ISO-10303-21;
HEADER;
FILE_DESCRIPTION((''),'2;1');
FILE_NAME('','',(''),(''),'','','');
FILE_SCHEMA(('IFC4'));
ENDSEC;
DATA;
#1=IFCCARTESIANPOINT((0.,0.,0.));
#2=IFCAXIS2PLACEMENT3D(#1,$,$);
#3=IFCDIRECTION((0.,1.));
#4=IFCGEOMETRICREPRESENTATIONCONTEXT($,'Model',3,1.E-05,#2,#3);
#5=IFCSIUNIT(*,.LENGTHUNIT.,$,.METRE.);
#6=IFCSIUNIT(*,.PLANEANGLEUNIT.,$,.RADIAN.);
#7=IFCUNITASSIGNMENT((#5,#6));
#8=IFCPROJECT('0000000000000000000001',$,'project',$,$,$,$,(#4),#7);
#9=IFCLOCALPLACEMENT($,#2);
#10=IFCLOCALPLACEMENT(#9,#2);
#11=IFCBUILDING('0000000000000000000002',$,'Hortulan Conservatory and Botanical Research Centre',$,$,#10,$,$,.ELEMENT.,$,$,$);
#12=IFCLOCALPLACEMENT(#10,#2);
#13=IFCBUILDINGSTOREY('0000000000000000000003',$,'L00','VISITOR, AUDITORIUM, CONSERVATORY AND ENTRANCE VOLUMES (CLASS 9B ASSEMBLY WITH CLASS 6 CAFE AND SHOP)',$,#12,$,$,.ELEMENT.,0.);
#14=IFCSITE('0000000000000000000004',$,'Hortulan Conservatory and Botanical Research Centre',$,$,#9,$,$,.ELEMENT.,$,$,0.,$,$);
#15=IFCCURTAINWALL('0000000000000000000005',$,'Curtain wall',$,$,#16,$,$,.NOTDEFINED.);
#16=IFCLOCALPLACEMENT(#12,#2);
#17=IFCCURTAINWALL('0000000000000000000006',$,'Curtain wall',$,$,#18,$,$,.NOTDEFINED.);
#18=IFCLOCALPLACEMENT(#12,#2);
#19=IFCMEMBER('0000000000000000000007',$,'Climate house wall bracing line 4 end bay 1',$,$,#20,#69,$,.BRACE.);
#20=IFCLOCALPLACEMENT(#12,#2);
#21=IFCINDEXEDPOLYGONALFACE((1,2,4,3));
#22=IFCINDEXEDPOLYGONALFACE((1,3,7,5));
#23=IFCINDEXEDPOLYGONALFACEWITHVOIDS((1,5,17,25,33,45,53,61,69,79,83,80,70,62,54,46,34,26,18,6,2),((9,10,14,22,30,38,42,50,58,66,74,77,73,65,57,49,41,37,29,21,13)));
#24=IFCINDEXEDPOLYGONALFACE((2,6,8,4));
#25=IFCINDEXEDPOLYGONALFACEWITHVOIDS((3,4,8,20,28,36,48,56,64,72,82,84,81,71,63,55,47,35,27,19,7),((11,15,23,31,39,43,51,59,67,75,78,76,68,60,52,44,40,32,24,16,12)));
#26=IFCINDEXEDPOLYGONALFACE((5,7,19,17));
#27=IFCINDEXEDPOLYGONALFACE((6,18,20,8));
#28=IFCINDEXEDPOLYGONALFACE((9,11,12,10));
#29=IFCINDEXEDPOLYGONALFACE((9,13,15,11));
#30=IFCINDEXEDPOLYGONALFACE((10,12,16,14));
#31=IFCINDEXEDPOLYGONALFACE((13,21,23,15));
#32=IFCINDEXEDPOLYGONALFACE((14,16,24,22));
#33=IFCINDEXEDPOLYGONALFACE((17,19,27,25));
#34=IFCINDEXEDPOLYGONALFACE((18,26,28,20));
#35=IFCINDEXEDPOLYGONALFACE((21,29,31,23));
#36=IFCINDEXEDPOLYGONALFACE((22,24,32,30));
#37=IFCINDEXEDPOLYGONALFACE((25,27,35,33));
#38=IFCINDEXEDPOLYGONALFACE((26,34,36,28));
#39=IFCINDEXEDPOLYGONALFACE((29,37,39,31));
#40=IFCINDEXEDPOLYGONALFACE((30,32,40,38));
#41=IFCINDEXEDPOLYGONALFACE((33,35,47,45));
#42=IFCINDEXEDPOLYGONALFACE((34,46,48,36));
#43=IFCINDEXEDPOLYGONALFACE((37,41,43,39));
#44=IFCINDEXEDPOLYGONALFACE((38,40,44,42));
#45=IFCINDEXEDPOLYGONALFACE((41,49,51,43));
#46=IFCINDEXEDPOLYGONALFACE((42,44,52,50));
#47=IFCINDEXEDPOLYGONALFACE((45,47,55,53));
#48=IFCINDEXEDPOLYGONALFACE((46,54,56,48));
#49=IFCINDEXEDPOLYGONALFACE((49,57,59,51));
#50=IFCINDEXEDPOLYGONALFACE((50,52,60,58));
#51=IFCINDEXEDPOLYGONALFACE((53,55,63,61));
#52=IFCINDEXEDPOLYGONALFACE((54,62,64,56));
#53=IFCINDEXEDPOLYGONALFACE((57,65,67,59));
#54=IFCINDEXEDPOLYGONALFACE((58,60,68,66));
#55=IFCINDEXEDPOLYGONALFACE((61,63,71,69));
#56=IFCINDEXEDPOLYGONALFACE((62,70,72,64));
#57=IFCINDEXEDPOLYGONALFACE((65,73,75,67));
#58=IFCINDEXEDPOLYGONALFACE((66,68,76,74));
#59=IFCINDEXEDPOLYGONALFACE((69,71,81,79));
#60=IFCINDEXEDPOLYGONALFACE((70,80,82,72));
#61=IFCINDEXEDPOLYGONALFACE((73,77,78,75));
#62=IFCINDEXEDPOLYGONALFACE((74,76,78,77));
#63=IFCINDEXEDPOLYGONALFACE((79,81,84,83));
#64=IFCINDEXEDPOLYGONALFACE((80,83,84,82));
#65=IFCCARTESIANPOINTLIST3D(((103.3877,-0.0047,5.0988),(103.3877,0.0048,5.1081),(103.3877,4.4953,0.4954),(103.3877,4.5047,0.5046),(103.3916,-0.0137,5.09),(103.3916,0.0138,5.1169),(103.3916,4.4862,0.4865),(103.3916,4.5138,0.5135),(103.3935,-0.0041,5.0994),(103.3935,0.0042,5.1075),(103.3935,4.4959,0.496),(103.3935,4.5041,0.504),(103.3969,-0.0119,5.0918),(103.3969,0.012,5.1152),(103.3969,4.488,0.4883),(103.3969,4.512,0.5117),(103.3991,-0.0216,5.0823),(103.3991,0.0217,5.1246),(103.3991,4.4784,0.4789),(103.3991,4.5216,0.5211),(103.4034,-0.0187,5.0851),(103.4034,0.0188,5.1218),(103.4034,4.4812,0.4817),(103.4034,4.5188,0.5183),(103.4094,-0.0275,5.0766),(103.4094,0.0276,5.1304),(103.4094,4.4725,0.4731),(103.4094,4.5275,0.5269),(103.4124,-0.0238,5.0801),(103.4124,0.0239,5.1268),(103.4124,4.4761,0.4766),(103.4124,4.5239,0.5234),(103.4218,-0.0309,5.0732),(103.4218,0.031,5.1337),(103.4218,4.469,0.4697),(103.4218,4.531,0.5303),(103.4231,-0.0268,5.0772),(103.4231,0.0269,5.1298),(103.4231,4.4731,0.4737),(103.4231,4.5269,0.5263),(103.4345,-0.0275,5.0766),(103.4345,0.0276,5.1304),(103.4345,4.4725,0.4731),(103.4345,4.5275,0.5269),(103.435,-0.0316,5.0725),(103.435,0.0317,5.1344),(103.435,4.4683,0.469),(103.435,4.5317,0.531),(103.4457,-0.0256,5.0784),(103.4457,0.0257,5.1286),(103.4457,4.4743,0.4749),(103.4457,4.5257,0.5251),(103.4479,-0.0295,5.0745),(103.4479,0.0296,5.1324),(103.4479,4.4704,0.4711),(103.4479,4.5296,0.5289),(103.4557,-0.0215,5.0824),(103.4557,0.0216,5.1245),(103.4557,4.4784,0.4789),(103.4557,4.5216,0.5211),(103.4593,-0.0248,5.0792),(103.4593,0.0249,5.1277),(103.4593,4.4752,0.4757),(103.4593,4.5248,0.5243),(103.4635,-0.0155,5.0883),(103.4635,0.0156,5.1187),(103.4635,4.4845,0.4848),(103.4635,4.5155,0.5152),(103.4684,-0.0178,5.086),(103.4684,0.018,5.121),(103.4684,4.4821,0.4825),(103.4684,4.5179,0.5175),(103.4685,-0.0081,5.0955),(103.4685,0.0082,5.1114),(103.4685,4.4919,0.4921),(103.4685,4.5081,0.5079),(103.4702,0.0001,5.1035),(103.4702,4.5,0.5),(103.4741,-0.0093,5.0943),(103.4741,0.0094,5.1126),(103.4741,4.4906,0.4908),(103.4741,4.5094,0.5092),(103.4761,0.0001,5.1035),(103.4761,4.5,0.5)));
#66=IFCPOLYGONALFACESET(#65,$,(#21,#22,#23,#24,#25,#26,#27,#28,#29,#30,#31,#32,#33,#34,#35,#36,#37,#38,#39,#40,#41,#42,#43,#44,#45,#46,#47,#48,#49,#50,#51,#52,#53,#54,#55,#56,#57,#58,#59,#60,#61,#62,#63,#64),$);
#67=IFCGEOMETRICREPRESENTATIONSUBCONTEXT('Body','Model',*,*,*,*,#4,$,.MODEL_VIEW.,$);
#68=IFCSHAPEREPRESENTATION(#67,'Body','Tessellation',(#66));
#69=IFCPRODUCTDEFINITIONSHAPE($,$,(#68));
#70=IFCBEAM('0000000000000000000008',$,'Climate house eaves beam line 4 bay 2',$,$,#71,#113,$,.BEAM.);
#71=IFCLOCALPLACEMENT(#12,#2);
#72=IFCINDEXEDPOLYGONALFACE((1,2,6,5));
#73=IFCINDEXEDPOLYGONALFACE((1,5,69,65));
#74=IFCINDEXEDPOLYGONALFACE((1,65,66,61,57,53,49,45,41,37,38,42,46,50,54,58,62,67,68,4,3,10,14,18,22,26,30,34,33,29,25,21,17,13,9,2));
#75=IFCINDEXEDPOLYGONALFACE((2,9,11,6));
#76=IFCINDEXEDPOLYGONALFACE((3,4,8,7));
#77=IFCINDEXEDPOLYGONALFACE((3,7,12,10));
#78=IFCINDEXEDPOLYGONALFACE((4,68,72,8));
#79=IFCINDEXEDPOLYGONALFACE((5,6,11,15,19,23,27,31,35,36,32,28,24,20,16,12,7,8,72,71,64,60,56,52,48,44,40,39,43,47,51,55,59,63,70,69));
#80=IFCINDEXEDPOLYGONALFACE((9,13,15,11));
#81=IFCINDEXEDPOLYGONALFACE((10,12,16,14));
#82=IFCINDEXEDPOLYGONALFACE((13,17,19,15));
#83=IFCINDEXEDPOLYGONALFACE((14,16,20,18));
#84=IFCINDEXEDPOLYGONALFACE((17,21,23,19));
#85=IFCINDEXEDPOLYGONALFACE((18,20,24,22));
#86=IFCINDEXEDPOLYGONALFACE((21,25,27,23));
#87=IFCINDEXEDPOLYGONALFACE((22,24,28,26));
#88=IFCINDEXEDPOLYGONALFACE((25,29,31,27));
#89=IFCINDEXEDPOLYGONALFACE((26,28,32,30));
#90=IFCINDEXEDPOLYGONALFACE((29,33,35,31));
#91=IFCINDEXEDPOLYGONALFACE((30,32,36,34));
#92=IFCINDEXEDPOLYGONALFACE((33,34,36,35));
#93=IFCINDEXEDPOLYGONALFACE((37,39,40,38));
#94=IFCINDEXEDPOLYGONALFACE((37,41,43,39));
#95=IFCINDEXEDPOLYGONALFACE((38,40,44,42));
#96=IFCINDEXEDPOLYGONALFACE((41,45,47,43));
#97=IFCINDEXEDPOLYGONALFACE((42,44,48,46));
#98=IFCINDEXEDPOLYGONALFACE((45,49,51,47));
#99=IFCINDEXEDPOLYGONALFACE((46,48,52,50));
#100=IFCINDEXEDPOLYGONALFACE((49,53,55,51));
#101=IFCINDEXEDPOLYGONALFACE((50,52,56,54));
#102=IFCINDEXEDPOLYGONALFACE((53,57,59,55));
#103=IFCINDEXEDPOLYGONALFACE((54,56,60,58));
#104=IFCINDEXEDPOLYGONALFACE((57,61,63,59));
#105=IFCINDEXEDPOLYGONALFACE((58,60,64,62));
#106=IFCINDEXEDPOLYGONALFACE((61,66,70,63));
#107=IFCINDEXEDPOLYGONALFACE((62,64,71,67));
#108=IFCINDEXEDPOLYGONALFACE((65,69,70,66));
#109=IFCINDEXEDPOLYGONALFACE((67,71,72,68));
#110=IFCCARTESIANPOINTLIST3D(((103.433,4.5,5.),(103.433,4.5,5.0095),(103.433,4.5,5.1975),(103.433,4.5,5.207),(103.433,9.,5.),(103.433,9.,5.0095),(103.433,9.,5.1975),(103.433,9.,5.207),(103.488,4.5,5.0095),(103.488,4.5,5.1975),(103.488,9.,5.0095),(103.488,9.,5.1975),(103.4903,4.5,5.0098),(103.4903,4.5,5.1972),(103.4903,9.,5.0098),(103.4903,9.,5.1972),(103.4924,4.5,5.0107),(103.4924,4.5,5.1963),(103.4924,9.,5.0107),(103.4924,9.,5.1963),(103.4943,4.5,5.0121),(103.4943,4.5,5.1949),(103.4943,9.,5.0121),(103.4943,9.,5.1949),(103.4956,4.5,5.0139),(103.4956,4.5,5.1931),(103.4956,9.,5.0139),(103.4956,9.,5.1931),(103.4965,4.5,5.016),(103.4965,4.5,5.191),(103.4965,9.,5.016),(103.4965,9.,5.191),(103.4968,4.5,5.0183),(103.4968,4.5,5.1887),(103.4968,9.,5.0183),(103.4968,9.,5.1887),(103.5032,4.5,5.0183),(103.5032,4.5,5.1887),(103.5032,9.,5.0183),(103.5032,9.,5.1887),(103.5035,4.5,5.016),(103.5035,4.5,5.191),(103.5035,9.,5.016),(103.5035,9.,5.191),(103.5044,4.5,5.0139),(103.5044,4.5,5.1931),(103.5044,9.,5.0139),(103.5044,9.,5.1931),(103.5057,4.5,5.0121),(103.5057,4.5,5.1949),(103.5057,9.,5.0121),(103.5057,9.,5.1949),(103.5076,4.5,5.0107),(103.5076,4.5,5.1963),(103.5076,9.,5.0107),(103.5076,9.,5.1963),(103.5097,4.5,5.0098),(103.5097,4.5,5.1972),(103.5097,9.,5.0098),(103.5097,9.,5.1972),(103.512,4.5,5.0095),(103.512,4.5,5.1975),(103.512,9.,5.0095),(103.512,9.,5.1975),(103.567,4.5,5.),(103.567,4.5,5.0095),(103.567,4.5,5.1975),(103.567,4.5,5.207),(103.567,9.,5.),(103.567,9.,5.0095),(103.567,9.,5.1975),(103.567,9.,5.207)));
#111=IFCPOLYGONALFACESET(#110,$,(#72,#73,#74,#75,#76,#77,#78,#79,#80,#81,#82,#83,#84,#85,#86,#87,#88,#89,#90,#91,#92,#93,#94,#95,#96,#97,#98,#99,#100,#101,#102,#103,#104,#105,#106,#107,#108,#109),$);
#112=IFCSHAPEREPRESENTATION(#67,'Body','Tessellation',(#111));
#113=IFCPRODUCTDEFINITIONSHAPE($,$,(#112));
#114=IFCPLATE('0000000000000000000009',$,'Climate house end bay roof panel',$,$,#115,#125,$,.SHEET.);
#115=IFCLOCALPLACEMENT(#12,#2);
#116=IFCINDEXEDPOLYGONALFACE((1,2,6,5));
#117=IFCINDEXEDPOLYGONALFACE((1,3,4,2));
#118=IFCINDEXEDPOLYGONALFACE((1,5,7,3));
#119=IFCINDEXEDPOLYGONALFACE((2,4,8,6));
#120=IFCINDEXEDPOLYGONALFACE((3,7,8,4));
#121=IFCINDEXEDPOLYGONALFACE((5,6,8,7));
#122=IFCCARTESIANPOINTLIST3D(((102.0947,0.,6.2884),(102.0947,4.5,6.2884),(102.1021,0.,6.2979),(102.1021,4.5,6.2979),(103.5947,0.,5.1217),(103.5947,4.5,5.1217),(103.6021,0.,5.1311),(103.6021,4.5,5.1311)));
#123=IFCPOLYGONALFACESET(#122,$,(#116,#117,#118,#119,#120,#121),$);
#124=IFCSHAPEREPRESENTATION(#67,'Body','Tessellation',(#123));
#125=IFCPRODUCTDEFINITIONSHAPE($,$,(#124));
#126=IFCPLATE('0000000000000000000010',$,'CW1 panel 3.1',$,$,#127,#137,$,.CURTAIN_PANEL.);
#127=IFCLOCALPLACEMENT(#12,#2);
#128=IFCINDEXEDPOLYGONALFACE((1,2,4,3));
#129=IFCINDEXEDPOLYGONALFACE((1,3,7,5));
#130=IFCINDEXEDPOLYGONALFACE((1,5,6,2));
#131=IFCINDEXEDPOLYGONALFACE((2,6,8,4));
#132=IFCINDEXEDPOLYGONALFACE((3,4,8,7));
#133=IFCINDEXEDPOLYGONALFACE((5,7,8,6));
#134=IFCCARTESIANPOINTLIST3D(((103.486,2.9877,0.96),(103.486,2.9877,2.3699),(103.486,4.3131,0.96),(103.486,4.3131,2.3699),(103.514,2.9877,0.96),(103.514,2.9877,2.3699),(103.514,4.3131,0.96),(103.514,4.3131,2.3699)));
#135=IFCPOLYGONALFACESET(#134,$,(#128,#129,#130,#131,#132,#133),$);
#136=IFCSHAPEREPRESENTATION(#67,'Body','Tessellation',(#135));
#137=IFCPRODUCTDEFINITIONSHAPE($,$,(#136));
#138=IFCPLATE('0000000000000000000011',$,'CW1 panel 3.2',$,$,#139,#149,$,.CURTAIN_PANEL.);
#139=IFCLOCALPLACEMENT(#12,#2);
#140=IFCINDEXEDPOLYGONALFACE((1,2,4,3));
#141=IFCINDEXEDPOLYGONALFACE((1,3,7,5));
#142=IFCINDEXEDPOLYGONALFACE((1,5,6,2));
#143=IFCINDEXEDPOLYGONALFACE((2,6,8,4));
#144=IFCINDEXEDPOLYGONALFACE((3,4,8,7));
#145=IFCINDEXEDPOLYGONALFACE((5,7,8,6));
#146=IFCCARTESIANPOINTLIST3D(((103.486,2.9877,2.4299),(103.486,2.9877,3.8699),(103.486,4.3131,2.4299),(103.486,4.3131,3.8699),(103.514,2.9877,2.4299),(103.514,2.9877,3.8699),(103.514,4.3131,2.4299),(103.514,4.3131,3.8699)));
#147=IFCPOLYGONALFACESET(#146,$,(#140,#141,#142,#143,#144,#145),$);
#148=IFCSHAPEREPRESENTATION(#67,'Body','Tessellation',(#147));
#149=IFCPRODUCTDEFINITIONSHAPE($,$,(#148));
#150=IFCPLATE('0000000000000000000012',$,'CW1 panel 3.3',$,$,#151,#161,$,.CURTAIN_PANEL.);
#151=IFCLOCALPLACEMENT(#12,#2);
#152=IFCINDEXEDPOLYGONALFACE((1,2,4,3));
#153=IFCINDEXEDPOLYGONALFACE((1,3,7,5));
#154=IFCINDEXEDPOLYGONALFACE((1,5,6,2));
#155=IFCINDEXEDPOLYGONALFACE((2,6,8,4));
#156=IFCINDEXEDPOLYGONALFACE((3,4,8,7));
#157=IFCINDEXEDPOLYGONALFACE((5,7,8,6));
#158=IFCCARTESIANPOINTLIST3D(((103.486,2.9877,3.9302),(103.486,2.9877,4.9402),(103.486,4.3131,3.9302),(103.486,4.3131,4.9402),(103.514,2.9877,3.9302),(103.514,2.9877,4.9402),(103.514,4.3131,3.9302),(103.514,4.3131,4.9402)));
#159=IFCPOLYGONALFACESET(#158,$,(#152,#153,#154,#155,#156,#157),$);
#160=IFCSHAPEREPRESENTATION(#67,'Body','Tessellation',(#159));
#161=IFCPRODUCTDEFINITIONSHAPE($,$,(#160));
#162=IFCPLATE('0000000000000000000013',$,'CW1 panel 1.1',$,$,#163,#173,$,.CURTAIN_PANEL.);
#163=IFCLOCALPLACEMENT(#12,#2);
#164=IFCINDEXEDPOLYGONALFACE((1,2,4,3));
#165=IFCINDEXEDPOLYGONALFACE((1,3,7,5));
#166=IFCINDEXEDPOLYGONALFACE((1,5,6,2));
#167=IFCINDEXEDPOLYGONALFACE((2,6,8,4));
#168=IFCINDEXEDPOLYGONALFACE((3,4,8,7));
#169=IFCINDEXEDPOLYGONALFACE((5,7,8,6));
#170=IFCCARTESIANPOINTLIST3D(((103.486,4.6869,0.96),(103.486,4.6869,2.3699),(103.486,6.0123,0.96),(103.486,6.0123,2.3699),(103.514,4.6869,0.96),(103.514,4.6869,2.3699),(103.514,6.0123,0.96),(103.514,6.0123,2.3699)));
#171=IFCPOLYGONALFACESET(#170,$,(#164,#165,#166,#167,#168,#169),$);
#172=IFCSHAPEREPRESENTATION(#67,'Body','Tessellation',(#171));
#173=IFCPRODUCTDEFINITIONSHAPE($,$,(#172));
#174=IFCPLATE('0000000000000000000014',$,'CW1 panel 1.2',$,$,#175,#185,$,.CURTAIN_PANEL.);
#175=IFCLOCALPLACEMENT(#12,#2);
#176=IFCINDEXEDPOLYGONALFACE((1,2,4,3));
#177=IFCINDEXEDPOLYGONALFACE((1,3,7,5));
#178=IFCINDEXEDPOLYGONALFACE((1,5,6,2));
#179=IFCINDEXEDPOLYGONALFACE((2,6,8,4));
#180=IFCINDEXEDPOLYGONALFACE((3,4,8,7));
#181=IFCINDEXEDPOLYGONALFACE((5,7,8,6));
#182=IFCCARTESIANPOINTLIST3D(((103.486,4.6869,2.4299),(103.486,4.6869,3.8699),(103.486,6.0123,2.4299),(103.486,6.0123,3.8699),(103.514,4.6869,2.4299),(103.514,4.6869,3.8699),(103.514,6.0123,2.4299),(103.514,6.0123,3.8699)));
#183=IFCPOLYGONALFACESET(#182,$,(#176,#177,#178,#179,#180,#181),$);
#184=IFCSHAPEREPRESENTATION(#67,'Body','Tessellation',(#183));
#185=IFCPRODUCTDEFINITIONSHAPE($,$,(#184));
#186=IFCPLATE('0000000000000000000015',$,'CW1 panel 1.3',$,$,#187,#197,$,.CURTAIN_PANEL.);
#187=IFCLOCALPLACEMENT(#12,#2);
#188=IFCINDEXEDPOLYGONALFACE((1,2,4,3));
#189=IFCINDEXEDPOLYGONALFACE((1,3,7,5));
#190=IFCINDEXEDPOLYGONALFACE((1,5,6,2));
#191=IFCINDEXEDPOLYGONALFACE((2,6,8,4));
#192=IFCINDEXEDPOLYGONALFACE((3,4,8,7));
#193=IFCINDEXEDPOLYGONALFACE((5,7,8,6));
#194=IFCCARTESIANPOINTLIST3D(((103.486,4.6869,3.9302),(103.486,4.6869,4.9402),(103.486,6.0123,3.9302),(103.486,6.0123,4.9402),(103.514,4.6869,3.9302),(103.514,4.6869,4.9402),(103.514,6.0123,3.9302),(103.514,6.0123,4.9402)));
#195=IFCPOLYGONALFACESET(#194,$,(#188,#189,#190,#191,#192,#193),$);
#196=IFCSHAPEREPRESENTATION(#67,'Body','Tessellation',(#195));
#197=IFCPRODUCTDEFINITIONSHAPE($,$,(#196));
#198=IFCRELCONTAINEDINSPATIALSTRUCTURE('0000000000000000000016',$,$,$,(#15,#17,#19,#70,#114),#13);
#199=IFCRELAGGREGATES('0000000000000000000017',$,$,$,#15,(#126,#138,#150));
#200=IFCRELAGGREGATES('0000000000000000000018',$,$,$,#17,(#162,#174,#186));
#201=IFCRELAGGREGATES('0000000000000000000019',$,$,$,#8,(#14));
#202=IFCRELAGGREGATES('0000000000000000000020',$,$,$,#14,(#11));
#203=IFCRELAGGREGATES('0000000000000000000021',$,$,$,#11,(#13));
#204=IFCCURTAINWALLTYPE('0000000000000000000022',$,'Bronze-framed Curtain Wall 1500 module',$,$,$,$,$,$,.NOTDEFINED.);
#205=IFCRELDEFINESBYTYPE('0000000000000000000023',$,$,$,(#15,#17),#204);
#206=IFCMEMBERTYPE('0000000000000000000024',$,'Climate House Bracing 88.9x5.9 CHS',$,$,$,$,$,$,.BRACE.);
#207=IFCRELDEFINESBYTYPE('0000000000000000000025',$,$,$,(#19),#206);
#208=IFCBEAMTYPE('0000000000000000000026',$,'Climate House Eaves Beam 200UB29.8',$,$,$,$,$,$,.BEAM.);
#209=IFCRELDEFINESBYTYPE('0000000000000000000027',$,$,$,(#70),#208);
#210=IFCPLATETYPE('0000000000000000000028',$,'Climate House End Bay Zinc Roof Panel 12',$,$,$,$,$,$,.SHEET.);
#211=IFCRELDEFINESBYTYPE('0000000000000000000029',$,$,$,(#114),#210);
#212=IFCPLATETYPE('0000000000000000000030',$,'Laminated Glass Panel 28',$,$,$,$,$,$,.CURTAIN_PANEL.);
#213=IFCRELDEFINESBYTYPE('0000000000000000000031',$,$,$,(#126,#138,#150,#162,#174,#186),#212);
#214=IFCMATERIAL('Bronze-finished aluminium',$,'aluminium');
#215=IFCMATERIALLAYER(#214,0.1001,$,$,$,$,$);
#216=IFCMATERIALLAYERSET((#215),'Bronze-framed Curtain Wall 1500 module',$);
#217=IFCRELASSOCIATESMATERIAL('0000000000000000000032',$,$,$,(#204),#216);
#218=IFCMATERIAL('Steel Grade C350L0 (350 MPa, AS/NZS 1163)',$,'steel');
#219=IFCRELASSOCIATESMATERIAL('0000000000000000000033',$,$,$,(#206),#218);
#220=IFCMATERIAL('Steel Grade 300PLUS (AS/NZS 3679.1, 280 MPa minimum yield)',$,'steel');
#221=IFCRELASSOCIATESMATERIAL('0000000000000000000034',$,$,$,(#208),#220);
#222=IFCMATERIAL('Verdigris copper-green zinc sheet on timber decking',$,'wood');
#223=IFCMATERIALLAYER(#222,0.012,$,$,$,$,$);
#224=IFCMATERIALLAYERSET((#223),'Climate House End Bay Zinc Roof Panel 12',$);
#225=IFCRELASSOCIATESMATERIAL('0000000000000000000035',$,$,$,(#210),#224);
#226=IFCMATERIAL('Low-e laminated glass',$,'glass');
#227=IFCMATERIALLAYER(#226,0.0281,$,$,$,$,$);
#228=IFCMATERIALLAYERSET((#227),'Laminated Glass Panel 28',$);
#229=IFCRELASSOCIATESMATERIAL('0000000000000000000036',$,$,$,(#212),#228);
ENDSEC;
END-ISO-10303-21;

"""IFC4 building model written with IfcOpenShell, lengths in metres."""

from ifc_helpers import new_model, si_unit, direction, frame, origin, origin_2d, place, context, subcontext, project, spatial, polyline, rectangle, hollow_circle, i_section, outline, extrude, material, layer, layer_set, material_profile, profile_set, type_object, element, aggregate, save


model = new_model("IFC4")

# Units and contexts
model_context = context("Model", 3, precision=1e-05, world=origin(), true_north=direction((0.0, 1.0)))
body_context = subcontext(model_context, "Body", "Model", "MODEL_VIEW")
ifc_project = project(units=[si_unit("LENGTHUNIT", "METRE"), si_unit("PLANEANGLEUNIT", "RADIAN")], contexts=[model_context])

# Site, building, storey
site_placement = place(None, origin())
site = spatial("IfcSite", under=ifc_project, at=site_placement, Name="Hortulan Conservatory and Botanical Research Centre", CompositionType="ELEMENT", RefElevation=0.0)
building_placement = place(site_placement, origin())
building = spatial("IfcBuilding", under=site, at=building_placement, Name="Hortulan Conservatory and Botanical Research Centre", CompositionType="ELEMENT")
storey_placement = place(building_placement, origin())
storey = spatial("IfcBuildingStorey", under=building, at=storey_placement, Name="L00", Description="VISITOR, AUDITORIUM, CONSERVATORY AND ENTRANCE VOLUMES (CLASS 9B ASSEMBLY WITH CLASS 6 CAFE AND SHOP)", CompositionType="ELEMENT", Elevation=0.0)

# Shared definitions
ifc_material_1 = material(Name="Steel Grade 300PLUS (AS/NZS 3679.1, 280 MPa minimum yield)", Category="steel")

# Curtain wall
ifc_material_2 = material(Name="Bronze-finished aluminium", Category="aluminium")
ifc_layer_1 = layer(ifc_material_2, 0.1001)
ifc_layer_set_1 = layer_set([ifc_layer_1], Name="Bronze-framed Curtain Wall 1500 module")
curtain_wall_type = type_object("IfcCurtainWallType", Name="Bronze-framed Curtain Wall 1500 module", PredefinedType="NOTDEFINED", material=ifc_layer_set_1)
curtain_wall_1_placement = place(storey_placement, origin())
curtain_wall_1 = element("IfcCurtainWall", 1, at=curtain_wall_1_placement, inside=storey, type_object=curtain_wall_type, Name="Curtain wall", PredefinedType="NOTDEFINED")

# Curtain wall
curtain_wall_2_placement = place(storey_placement, origin())
curtain_wall_2 = element("IfcCurtainWall", 2, at=curtain_wall_2_placement, inside=storey, type_object=curtain_wall_type, Name="Curtain wall", PredefinedType="NOTDEFINED")

# Member
ifc_material_3 = material(Name="Steel Grade C350L0 (350 MPa, AS/NZS 1163)", Category="steel")
ifc_material_profile_1 = material_profile(ifc_material_3, hollow_circle(Radius=0.0444, WallThickness=0.0059, at=origin_2d()), Name="88.9x5.9CHS")
ifc_profile_set_1 = profile_set([ifc_material_profile_1], Name="Steel Grade C350L0 (350 MPa, AS/NZS 1163)")
member_type_1 = type_object("IfcMemberType", Name="Climate House Bracing 88.9x5.9 CHS", PredefinedType="BRACE", material=ifc_profile_set_1)
member_1_placement = place(storey_placement, frame((103.4316, 4.5, 0.5), z_axis=(0.0, -0.699021, 0.715101), x_axis=(1.0, 0.0, 0.0)))
element("IfcMember", 3, at=member_1_placement, inside=storey, type_object=member_type_1, Name="Climate house wall bracing line 4 end bay 1", PredefinedType="BRACE", context=body_context, shape_type="SweptSolid", body=[
    extrude(hollow_circle(Radius=0.0444, WallThickness=0.0059, at=origin_2d()), origin(), (0.0, 0.0, 1.0), 6.4375),
])

# Beam
ifc_material_profile_2 = material_profile(ifc_material_1, i_section(OverallWidth=0.134, OverallDepth=0.207, WebThickness=0.0063, FlangeThickness=0.0095, FilletRadius=0.0088, at=origin_2d()), Name="200UB29.8")
ifc_profile_set_2 = profile_set([ifc_material_profile_2], Name="Steel Grade 300PLUS (AS/NZS 3679.1, 280 MPa minimum yield)")
beam_type = type_object("IfcBeamType", Name="Climate House Eaves Beam 200UB29.8", PredefinedType="BEAM", material=ifc_profile_set_2)
beam_placement = place(storey_placement, frame((103.5, 4.5, 5.1035), z_axis=(0.0, 1.0, 0.0), x_axis=(-1.0, 0.0, 0.0)))
element("IfcBeam", 4, at=beam_placement, inside=storey, type_object=beam_type, Name="Climate house eaves beam line 4 bay 2", PredefinedType="BEAM", context=body_context, shape_type="SweptSolid", body=[
    extrude(i_section(OverallWidth=0.134, OverallDepth=0.207, WebThickness=0.0063, FlangeThickness=0.0095, FilletRadius=0.0088, at=origin_2d()), origin(), (0.0, 0.0, 1.0), 4.5),
])

# Plates
ifc_material_4 = material(Name="Verdigris copper-green zinc sheet on timber decking", Category="wood")
ifc_layer_2 = layer(ifc_material_4, 0.012)
ifc_layer_set_2 = layer_set([ifc_layer_2], Name="Climate House End Bay Zinc Roof Panel 12")
plate_type_1 = type_object("IfcPlateType", Name="Climate House End Bay Zinc Roof Panel 12", PredefinedType="SHEET", material=ifc_layer_set_2)
plate_1_placement = place(storey_placement, frame((103.6021, 4.5, 5.1311), z_axis=(0.613967, 0.0, 0.789331), x_axis=(-0.789331, 0.0, 0.613967)))
element("IfcPlate", 5, at=plate_1_placement, inside=storey, type_object=plate_type_1, Name="Climate house end bay roof panel", PredefinedType="SHEET", context=body_context, shape_type="SweptSolid", body=[
    extrude(outline(polyline([(0.0, 0.0), (1.9003, 0.0), (1.9003, 4.5), (0.0, 4.5), (0.0, 0.0)])), origin(), (0.0, 0.0, -1.0), 0.012),
])
ifc_material_5 = material(Name="Low-e laminated glass", Category="glass")
ifc_layer_3 = layer(ifc_material_5, 0.0281)
ifc_layer_set_3 = layer_set([ifc_layer_3], Name="Laminated Glass Panel 28")
plate_type_2 = type_object("IfcPlateType", Name="Laminated Glass Panel 28", PredefinedType="CURTAIN_PANEL", material=ifc_layer_set_3)
plate_2_placement = place(storey_placement, frame((103.5, 3.6504, 0.96), z_axis=(0.0, 0.0, 1.0), x_axis=(0.0, 1.0, 0.0)))
plate_2 = element("IfcPlate", 6, at=plate_2_placement, type_object=plate_type_2, Name="CW1 panel 3.1", PredefinedType="CURTAIN_PANEL", context=body_context, shape_type="SweptSolid", body=[
    extrude(rectangle(XDim=1.3254, YDim=0.0281, at=origin_2d()), origin(), (0.0, 0.0, 1.0), 1.4099),
])
plate_3_placement = place(storey_placement, frame((103.5, 3.6504, 2.4299), z_axis=(0.0, 0.0, 1.0), x_axis=(0.0, 1.0, 0.0)))
plate_3 = element("IfcPlate", 7, at=plate_3_placement, type_object=plate_type_2, Name="CW1 panel 3.2", PredefinedType="CURTAIN_PANEL", context=body_context, shape_type="SweptSolid", body=[
    extrude(rectangle(XDim=1.3254, YDim=0.0281, at=origin_2d()), origin(), (0.0, 0.0, 1.0), 1.4399),
])
plate_4_placement = place(storey_placement, frame((103.5, 3.6504, 3.9302), z_axis=(0.0, 0.0, 1.0), x_axis=(0.0, 1.0, 0.0)))
plate_4 = element("IfcPlate", 8, at=plate_4_placement, type_object=plate_type_2, Name="CW1 panel 3.3", PredefinedType="CURTAIN_PANEL", context=body_context, shape_type="SweptSolid", body=[
    extrude(rectangle(XDim=1.3254, YDim=0.0281, at=origin_2d()), origin(), (0.0, 0.0, 1.0), 1.01),
])
aggregate(curtain_wall_1, [plate_2, plate_3, plate_4])
plate_5_placement = place(storey_placement, frame((103.5, 5.3496, 0.96), z_axis=(0.0, 0.0, 1.0), x_axis=(0.0, 1.0, 0.0)))
plate_5 = element("IfcPlate", 9, at=plate_5_placement, type_object=plate_type_2, Name="CW1 panel 1.1", PredefinedType="CURTAIN_PANEL", context=body_context, shape_type="SweptSolid", body=[
    extrude(rectangle(XDim=1.3254, YDim=0.0281, at=origin_2d()), origin(), (0.0, 0.0, 1.0), 1.4099),
])
plate_6_placement = place(storey_placement, frame((103.5, 5.3496, 2.4299), z_axis=(0.0, 0.0, 1.0), x_axis=(0.0, 1.0, 0.0)))
plate_6 = element("IfcPlate", 10, at=plate_6_placement, type_object=plate_type_2, Name="CW1 panel 1.2", PredefinedType="CURTAIN_PANEL", context=body_context, shape_type="SweptSolid", body=[
    extrude(rectangle(XDim=1.3254, YDim=0.0281, at=origin_2d()), origin(), (0.0, 0.0, 1.0), 1.4399),
])
plate_7_placement = place(storey_placement, frame((103.5, 5.3496, 3.9302), z_axis=(0.0, 0.0, 1.0), x_axis=(0.0, 1.0, 0.0)))
plate_7 = element("IfcPlate", 11, at=plate_7_placement, type_object=plate_type_2, Name="CW1 panel 1.3", PredefinedType="CURTAIN_PANEL", context=body_context, shape_type="SweptSolid", body=[
    extrude(rectangle(XDim=1.3254, YDim=0.0281, at=origin_2d()), origin(), (0.0, 0.0, 1.0), 1.01),
])
aggregate(curtain_wall_2, [plate_5, plate_6, plate_7])

save(model, "model.ifc")
